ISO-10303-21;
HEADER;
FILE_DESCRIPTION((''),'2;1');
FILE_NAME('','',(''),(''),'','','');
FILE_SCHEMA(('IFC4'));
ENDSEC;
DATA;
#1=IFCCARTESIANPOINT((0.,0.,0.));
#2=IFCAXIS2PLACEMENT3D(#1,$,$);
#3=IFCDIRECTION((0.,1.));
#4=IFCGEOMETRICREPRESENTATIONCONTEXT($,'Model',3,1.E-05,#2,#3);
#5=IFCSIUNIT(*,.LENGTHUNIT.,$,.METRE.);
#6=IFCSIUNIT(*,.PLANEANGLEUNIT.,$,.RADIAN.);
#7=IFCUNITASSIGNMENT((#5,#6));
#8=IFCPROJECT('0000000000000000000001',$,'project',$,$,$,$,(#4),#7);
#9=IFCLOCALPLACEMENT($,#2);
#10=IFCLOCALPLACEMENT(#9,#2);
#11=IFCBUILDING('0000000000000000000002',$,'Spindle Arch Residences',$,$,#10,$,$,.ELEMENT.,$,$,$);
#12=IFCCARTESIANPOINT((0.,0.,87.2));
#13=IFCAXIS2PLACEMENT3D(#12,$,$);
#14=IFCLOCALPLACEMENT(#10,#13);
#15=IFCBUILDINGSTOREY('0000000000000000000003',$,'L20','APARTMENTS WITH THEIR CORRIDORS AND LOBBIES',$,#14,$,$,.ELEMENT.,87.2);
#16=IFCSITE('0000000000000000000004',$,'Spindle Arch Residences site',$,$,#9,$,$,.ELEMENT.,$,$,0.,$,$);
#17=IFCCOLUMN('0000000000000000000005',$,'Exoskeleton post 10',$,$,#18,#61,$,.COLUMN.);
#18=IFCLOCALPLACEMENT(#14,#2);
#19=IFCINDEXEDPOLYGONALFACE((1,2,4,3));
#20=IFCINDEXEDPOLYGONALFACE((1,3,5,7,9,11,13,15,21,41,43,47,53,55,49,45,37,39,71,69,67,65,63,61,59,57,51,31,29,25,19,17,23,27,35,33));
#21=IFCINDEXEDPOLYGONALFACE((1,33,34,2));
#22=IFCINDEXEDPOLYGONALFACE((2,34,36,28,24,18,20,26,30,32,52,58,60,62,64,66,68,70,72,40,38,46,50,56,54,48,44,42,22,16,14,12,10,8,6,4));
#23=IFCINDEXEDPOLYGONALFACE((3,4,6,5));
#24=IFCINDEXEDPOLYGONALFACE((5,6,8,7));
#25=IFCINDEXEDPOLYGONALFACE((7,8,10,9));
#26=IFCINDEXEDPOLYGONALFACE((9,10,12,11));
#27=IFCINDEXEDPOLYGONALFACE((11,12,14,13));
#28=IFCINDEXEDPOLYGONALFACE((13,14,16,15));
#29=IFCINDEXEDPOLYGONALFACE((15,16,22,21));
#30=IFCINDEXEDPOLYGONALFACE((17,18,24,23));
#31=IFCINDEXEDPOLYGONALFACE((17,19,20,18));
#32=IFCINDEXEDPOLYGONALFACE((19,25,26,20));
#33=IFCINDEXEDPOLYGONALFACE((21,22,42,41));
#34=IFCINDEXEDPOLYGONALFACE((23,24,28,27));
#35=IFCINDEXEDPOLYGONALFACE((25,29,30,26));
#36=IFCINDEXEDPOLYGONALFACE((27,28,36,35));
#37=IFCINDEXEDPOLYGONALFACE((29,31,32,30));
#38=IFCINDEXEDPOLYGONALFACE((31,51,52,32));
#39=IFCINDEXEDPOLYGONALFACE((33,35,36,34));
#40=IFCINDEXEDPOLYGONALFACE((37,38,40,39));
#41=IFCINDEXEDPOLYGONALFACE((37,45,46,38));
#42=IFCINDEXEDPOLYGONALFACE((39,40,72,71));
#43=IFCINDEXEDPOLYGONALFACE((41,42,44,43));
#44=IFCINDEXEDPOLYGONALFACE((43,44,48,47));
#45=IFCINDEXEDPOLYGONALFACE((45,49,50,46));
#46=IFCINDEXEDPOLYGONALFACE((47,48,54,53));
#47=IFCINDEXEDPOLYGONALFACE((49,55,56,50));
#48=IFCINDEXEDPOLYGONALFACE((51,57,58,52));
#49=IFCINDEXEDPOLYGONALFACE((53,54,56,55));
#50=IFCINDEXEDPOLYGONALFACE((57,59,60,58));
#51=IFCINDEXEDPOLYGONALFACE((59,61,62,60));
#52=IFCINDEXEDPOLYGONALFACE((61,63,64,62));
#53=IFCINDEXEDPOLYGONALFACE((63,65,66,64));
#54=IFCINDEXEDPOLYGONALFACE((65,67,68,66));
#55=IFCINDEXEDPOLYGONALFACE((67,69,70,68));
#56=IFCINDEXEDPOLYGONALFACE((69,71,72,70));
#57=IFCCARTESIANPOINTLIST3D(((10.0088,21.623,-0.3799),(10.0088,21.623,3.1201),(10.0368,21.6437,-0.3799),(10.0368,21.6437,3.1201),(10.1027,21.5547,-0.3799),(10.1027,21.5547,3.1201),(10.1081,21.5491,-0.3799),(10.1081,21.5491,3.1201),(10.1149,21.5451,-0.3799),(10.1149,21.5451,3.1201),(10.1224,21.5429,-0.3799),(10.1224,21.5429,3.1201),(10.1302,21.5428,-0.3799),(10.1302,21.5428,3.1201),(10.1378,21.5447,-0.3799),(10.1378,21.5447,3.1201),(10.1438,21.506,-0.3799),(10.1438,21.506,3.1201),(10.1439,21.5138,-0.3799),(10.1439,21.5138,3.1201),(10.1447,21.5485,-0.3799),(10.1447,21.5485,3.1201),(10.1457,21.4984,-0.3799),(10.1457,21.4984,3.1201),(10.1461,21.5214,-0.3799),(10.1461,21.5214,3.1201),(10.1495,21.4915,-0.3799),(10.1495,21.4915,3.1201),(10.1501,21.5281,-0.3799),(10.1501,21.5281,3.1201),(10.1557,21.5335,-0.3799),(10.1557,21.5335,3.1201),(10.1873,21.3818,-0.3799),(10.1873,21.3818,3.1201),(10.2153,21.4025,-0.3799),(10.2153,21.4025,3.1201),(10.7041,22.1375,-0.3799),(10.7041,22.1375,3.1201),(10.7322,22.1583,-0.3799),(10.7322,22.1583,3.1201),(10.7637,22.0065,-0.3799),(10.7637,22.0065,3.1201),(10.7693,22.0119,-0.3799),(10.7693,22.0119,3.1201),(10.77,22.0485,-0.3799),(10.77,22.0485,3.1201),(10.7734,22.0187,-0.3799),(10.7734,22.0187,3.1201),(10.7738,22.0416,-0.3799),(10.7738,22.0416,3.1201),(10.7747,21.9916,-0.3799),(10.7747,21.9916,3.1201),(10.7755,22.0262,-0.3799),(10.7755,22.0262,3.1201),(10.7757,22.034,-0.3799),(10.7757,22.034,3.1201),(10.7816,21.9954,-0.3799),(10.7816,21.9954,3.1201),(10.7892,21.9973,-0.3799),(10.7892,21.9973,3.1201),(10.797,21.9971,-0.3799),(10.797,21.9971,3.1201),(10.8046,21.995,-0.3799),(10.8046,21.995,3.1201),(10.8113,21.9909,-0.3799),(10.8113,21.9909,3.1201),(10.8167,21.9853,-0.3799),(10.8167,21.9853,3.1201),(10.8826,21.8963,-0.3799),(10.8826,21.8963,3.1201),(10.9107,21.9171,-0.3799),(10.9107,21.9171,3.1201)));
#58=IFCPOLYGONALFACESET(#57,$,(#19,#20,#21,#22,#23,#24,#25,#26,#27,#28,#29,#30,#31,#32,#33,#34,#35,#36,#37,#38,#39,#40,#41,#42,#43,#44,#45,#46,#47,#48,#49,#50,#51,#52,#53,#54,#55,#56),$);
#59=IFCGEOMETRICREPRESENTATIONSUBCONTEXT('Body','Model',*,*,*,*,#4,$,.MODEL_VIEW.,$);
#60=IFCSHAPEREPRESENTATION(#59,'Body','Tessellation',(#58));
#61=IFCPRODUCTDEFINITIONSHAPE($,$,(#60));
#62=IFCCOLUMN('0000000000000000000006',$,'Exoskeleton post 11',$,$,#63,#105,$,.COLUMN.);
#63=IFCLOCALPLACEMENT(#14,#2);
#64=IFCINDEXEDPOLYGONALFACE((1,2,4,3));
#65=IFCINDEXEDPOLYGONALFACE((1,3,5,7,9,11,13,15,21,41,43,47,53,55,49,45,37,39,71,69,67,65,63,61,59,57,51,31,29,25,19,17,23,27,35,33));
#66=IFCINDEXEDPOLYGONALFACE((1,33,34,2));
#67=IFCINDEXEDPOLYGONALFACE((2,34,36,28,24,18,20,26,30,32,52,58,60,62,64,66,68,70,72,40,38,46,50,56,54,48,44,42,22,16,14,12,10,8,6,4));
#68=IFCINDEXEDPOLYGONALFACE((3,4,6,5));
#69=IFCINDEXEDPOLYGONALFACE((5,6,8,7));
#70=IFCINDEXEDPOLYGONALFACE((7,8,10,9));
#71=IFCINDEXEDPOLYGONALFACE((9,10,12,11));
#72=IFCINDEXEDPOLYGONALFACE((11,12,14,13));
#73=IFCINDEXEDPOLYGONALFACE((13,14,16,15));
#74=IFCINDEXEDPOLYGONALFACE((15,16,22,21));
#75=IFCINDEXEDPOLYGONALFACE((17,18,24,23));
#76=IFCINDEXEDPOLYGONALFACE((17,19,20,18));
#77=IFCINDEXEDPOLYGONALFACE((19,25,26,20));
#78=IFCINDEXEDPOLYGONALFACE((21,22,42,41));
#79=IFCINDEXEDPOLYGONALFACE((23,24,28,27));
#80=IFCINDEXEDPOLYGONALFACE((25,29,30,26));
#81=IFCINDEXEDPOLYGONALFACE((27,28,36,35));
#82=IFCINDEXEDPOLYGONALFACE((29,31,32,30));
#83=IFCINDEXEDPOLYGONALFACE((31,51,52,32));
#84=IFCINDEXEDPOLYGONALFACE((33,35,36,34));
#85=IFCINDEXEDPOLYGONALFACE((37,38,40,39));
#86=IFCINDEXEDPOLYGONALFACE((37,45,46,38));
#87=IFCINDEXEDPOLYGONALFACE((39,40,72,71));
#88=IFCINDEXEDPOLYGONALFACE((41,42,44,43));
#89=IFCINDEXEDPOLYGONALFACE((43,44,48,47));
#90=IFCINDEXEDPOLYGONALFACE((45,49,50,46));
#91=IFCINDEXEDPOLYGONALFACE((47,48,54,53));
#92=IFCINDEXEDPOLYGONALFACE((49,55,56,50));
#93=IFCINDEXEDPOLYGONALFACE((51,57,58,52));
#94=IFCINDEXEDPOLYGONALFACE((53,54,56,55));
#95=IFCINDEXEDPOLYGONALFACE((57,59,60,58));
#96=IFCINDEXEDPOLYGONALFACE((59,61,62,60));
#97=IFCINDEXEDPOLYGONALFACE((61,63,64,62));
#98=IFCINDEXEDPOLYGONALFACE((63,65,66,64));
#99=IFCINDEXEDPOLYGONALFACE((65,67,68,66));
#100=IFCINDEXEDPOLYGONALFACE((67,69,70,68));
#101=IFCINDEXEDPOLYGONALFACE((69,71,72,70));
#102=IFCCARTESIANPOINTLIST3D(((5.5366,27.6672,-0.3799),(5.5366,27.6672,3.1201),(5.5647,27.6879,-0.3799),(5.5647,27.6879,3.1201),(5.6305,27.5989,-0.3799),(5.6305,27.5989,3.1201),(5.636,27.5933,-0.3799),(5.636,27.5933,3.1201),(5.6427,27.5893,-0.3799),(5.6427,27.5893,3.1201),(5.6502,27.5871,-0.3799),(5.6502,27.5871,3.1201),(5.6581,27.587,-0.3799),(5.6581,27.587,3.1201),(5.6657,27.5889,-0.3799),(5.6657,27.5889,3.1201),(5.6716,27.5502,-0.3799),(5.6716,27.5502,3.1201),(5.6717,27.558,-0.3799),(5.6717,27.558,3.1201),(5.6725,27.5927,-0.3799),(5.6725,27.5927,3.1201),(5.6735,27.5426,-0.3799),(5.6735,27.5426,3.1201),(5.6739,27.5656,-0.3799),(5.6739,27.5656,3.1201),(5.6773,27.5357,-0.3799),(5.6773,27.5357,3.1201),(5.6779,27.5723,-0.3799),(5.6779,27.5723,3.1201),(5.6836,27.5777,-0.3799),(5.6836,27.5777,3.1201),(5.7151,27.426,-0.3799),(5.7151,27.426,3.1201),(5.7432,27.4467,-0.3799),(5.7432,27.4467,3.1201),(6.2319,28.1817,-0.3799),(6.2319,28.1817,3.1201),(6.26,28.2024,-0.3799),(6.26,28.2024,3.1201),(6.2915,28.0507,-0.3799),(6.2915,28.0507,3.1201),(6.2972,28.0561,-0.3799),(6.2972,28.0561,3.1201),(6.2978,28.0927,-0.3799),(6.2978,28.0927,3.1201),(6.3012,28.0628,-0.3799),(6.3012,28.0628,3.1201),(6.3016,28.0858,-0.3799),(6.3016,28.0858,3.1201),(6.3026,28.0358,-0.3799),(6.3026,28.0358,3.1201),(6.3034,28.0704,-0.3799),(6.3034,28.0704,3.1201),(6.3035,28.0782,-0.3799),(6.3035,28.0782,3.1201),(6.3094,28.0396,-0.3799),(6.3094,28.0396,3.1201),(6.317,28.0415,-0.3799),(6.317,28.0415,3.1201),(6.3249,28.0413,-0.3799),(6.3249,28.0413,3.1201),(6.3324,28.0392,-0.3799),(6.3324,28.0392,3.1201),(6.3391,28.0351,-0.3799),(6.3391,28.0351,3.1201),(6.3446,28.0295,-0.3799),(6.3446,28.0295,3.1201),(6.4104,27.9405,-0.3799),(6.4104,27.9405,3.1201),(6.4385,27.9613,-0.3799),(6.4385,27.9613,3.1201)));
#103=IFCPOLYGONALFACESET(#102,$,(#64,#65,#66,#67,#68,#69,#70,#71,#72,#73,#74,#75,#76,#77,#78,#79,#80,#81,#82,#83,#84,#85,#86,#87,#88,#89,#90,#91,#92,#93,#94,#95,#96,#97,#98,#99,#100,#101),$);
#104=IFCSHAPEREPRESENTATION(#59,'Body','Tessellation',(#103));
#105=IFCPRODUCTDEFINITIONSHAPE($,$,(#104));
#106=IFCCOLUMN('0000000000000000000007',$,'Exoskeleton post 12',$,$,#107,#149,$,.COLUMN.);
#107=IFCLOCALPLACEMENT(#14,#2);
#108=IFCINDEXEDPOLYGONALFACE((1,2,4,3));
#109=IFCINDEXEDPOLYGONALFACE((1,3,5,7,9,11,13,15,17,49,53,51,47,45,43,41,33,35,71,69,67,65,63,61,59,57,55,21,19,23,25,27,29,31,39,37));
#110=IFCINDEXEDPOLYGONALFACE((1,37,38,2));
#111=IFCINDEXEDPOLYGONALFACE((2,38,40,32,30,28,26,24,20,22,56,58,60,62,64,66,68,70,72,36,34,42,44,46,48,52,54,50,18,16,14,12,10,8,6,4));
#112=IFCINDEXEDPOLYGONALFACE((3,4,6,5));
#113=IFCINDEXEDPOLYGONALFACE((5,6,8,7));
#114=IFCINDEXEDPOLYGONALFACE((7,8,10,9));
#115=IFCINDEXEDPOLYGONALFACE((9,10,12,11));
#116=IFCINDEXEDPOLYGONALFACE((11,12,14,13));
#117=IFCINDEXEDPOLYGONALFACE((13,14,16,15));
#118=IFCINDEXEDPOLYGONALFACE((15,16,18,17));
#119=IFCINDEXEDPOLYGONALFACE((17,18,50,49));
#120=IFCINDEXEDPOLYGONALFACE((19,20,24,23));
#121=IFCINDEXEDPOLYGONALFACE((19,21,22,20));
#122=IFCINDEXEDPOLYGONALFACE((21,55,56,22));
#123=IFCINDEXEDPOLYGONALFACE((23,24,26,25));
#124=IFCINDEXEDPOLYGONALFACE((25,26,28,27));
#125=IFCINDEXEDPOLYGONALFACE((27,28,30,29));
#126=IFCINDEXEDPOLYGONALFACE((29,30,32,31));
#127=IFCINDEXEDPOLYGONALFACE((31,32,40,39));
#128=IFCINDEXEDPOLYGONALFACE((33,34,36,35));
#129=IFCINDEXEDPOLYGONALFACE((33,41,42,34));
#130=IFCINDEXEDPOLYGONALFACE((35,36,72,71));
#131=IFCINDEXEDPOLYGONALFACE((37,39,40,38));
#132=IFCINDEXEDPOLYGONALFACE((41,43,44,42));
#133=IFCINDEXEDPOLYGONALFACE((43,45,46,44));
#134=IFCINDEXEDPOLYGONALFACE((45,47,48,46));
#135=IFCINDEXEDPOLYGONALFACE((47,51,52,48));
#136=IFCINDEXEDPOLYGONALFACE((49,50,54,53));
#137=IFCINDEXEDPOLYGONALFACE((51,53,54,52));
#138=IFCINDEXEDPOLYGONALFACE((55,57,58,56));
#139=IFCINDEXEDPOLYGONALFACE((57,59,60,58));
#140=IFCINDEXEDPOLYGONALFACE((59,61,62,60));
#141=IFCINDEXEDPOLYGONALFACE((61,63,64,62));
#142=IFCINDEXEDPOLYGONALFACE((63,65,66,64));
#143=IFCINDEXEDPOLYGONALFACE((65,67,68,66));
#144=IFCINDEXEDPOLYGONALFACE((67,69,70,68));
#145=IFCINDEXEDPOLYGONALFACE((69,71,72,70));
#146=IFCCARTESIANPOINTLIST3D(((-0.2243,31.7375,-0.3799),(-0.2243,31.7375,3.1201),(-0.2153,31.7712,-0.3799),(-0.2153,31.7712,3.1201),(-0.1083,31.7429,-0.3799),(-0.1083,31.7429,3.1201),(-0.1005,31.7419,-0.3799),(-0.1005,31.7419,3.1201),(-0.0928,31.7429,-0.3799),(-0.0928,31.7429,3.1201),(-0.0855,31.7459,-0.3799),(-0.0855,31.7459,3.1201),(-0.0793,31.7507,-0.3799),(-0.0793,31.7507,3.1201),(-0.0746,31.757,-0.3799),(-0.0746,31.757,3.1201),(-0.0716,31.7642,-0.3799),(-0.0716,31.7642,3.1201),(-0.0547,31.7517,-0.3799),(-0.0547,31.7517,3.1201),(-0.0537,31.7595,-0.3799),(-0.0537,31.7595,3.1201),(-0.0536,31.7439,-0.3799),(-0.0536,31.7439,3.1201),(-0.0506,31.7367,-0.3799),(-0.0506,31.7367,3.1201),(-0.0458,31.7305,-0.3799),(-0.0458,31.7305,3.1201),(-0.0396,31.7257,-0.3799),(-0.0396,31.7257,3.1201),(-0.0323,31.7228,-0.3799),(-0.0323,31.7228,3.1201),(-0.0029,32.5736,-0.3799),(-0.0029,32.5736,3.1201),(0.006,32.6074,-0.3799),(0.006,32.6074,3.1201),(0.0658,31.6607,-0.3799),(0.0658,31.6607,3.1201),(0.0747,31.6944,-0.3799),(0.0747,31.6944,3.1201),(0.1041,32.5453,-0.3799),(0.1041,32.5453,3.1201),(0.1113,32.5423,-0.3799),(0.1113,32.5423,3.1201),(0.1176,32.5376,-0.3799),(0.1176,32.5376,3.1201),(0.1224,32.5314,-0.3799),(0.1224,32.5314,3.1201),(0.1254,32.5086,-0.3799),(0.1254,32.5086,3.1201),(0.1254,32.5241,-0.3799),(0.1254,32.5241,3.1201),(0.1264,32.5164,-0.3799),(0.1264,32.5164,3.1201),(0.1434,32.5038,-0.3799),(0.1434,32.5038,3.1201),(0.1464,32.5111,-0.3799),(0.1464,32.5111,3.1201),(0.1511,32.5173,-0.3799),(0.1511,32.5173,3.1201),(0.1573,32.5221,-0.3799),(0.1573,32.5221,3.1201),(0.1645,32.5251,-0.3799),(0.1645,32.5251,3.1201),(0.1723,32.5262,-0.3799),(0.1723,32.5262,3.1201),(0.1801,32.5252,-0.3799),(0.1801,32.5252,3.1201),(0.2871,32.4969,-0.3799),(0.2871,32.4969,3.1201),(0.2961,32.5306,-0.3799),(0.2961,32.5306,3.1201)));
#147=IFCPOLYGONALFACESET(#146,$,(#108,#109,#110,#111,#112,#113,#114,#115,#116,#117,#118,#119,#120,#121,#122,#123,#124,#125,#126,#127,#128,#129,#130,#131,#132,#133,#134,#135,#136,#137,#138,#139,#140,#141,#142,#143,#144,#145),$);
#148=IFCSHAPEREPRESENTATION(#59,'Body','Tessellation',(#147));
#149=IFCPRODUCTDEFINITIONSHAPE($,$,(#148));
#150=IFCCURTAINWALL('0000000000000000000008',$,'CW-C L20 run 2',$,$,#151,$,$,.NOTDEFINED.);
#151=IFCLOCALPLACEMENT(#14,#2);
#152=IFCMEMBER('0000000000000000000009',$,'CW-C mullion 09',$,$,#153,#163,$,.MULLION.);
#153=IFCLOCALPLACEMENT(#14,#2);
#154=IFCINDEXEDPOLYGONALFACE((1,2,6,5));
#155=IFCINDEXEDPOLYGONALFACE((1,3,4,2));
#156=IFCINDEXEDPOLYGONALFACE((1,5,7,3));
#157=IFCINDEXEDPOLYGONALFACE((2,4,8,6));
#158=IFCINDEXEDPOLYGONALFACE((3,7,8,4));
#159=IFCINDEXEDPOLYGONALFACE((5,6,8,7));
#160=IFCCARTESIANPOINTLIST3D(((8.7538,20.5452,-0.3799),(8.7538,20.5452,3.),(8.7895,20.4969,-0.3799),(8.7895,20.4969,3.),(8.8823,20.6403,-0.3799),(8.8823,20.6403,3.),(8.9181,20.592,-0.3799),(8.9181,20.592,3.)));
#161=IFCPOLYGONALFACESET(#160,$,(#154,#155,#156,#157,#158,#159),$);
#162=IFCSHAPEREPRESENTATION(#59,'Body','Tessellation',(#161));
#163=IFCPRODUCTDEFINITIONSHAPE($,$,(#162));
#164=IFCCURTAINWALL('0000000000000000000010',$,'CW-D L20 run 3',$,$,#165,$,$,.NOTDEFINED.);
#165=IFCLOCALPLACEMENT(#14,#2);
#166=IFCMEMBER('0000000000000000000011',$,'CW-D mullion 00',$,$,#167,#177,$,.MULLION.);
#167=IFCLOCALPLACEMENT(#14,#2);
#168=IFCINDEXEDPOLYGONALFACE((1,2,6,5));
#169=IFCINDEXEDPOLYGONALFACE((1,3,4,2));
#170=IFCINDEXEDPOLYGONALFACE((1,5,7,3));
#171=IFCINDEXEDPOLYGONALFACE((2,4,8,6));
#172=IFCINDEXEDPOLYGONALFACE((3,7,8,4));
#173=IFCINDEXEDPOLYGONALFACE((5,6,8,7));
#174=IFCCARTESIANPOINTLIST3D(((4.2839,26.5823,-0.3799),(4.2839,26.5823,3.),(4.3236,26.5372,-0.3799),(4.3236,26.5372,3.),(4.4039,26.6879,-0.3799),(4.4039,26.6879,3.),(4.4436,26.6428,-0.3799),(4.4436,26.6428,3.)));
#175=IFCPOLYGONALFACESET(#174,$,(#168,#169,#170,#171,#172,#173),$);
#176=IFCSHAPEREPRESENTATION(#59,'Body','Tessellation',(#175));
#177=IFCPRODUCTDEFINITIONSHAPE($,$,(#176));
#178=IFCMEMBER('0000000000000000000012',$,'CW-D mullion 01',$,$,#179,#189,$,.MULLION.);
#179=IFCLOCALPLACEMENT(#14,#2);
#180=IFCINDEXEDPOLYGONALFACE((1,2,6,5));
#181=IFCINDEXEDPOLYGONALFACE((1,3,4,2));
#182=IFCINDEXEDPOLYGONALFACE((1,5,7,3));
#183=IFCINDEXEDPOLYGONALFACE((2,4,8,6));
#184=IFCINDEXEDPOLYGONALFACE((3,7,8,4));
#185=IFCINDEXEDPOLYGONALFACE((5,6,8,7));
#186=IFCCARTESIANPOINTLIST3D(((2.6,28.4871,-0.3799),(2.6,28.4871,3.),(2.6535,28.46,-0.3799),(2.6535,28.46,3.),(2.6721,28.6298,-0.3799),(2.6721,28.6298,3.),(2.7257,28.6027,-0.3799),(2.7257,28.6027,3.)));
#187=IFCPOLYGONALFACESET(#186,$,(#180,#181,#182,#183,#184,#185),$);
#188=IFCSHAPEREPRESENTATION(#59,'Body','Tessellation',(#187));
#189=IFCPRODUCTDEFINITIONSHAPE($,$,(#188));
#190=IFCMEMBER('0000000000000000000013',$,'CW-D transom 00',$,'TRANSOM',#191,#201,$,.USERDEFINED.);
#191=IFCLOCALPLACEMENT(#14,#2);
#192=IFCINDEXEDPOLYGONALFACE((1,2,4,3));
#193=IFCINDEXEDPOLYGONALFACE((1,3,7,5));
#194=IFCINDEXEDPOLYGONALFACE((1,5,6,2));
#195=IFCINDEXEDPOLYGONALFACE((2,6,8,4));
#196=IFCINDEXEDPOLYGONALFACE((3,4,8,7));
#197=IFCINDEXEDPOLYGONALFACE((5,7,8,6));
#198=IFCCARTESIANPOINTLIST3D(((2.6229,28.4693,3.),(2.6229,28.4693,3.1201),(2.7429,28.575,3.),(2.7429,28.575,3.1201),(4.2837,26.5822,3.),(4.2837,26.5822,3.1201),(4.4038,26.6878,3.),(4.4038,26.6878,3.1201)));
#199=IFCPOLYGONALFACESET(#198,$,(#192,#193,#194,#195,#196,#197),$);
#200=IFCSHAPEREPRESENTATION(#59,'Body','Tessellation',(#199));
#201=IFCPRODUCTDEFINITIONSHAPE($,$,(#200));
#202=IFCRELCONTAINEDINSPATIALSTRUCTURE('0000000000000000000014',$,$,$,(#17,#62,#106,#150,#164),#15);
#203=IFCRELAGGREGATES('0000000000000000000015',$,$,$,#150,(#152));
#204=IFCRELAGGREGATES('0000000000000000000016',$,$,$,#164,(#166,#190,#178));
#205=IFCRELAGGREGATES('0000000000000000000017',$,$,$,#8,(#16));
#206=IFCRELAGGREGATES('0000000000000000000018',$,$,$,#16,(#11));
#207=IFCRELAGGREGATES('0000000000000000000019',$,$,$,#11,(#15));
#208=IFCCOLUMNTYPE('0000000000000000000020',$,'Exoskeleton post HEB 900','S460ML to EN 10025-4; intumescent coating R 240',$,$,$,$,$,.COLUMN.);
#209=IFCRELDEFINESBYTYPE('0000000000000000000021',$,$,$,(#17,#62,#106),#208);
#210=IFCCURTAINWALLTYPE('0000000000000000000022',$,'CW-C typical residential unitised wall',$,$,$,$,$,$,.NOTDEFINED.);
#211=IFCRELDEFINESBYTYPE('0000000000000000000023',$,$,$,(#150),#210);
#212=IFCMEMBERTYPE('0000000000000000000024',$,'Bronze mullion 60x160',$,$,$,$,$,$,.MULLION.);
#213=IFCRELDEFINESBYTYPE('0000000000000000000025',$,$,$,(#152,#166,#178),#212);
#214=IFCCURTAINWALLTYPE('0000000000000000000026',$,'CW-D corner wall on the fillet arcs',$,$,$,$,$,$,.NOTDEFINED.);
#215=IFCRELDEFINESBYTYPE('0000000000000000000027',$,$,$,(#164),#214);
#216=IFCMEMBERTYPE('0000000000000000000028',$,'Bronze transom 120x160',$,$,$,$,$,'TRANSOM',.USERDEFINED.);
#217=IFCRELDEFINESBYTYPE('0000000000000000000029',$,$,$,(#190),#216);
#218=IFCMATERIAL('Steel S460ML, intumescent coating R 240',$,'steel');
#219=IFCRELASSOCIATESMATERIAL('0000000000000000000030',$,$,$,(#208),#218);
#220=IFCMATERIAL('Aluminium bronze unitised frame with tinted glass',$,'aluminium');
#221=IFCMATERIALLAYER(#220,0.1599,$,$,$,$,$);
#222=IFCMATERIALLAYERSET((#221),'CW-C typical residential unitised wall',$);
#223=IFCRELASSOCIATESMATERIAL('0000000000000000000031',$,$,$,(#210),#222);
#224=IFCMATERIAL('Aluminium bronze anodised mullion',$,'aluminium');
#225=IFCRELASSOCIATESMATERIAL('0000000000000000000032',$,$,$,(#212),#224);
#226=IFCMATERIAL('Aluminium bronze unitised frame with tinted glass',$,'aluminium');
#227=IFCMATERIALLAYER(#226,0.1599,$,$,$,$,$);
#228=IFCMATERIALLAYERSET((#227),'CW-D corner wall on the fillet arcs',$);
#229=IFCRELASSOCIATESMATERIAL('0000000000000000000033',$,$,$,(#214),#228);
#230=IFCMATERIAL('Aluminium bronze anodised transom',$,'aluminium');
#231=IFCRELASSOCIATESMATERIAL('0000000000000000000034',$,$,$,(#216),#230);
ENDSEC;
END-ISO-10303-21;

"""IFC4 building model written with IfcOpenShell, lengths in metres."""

from ifc_helpers import new_model, si_unit, direction, frame, origin, origin_2d, place, context, subcontext, project, spatial, rectangle, i_section, extrude, material, layer, layer_set, material_profile, profile_set, type_object, element, aggregate, save


model = new_model("IFC4")

# Units and contexts
model_context = context("Model", 3, precision=1e-05, world=origin(), true_north=direction((0.0, 1.0)))
body_context = subcontext(model_context, "Body", "Model", "MODEL_VIEW")
ifc_project = project(units=[si_unit("LENGTHUNIT", "METRE"), si_unit("PLANEANGLEUNIT", "RADIAN")], contexts=[model_context])

# Site, building, storey
site_placement = place(None, origin())
site = spatial("IfcSite", under=ifc_project, at=site_placement, Name="Spindle Arch Residences site", CompositionType="ELEMENT", RefElevation=0.0)
building_placement = place(site_placement, origin())
building = spatial("IfcBuilding", under=site, at=building_placement, Name="Spindle Arch Residences", CompositionType="ELEMENT")
storey_placement = place(building_placement, frame((0.0, 0.0, 87.2)))
storey = spatial("IfcBuildingStorey", under=building, at=storey_placement, Name="L20", Description="APARTMENTS WITH THEIR CORRIDORS AND LOBBIES", CompositionType="ELEMENT", Elevation=87.2)

# Columns
ifc_material_1 = material(Name="Steel S460ML, intumescent coating R 240", Category="steel")
ifc_material_profile_1 = material_profile(ifc_material_1, i_section(OverallWidth=0.3, OverallDepth=0.8999, WebThickness=0.0186, FlangeThickness=0.0349, FilletRadius=0.03, at=origin_2d()), Name="HEB 900")
ifc_profile_set_1 = profile_set([ifc_material_profile_1], Name="Steel S460ML, intumescent coating R 240")
column_type = type_object("IfcColumnType", Name="Exoskeleton post HEB 900", Description="S460ML to EN 10025-4; intumescent coating R 240", PredefinedType="COLUMN", material=ifc_profile_set_1)
for number, where, z_axis, x_axis, name in (
    (1, (10.4597, 21.77, -0.3799), (0.0, 0.0, 1.0), (0.594823, -0.803857, 0.0), "Exoskeleton post 10"),
    (2, (5.9875, 27.8142, -0.3799), (0.0, 0.0, 1.0), (0.594823, -0.803857, 0.0), "Exoskeleton post 11"),
    (3, (0.0359, 32.134, -0.3799), (0.0, 0.0, 1.0), (0.966705, -0.255894, 0.0), "Exoskeleton post 12"),
):
    element("IfcColumn", number, at=place(storey_placement, frame(where, z_axis=z_axis, x_axis=x_axis)), inside=storey, type_object=column_type, Name=name, PredefinedType="COLUMN", context=body_context, shape_type="SweptSolid", body=[
        extrude(i_section(OverallWidth=0.3, OverallDepth=0.8999, WebThickness=0.0186, FlangeThickness=0.0349, FilletRadius=0.03, at=origin_2d()), origin(), (0.0, 0.0, 1.0), 3.5),
    ])

# Curtain wall, member
ifc_material_2 = material(Name="Aluminium bronze unitised frame with tinted glass", Category="aluminium")
ifc_layer_1 = layer(ifc_material_2, 0.1599)
ifc_layer_set_1 = layer_set([ifc_layer_1], Name="CW-C typical residential unitised wall")
curtain_wall_type_1 = type_object("IfcCurtainWallType", Name="CW-C typical residential unitised wall", PredefinedType="NOTDEFINED", material=ifc_layer_set_1)
curtain_wall_1_placement = place(storey_placement, origin())
curtain_wall_1 = element("IfcCurtainWall", 4, at=curtain_wall_1_placement, inside=storey, type_object=curtain_wall_type_1, Name="CW-C L20 run 2", PredefinedType="NOTDEFINED")
ifc_material_3 = material(Name="Aluminium bronze anodised mullion", Category="aluminium")
ifc_material_profile_2 = material_profile(ifc_material_3, rectangle(XDim=0.1599, YDim=0.0601, at=origin_2d()), Name="MU 60x160")
ifc_profile_set_2 = profile_set([ifc_material_profile_2], Name="Aluminium bronze anodised mullion")
member_type_1 = type_object("IfcMemberType", Name="Bronze mullion 60x160", PredefinedType="MULLION", material=ifc_profile_set_2)
member_1_placement = place(storey_placement, frame((8.8359, 20.5686, -0.3799), z_axis=(0.0, 0.0, 1.0), x_axis=(-0.803857, -0.594823, 0.0)))
member_1 = element("IfcMember", 5, at=member_1_placement, type_object=member_type_1, Name="CW-C mullion 09", PredefinedType="MULLION", context=body_context, shape_type="SweptSolid", body=[
    extrude(rectangle(XDim=0.1599, YDim=0.0601, at=origin_2d()), origin(), (0.0, 0.0, 1.0), 3.3799),
])

# Curtain wall, members
ifc_material_4 = material(Name="Aluminium bronze unitised frame with tinted glass", Category="aluminium")
ifc_layer_2 = layer(ifc_material_4, 0.1599)
ifc_layer_set_2 = layer_set([ifc_layer_2], Name="CW-D corner wall on the fillet arcs")
curtain_wall_type_2 = type_object("IfcCurtainWallType", Name="CW-D corner wall on the fillet arcs", PredefinedType="NOTDEFINED", material=ifc_layer_set_2)
curtain_wall_2_placement = place(storey_placement, origin())
curtain_wall_2 = element("IfcCurtainWall", 6, at=curtain_wall_2_placement, inside=storey, type_object=curtain_wall_type_2, Name="CW-D L20 run 3", PredefinedType="NOTDEFINED")
member_2_placement = place(storey_placement, frame((4.3638, 26.6125, -0.3799), z_axis=(0.0, 0.0, 1.0), x_axis=(-0.750647, -0.660704, 0.0)))
member_2 = element("IfcMember", 7, at=member_2_placement, type_object=member_type_1, Name="CW-D mullion 00", PredefinedType="MULLION", context=body_context, shape_type="SweptSolid", body=[
    extrude(rectangle(XDim=0.1599, YDim=0.0601, at=origin_2d()), origin(), (0.0, 0.0, 1.0), 3.3799),
])
member_3_placement = place(storey_placement, frame((2.6628, 28.5449, -0.3799), z_axis=(0.0, 0.0, 1.0), x_axis=(-0.451397, -0.892323, 0.0)))
member_3 = element("IfcMember", 8, at=member_3_placement, type_object=member_type_1, Name="CW-D mullion 01", PredefinedType="MULLION", context=body_context, shape_type="SweptSolid", body=[
    extrude(rectangle(XDim=0.1599, YDim=0.0601, at=origin_2d()), origin(), (0.0, 0.0, 1.0), 3.3799),
])
ifc_material_5 = material(Name="Aluminium bronze anodised transom", Category="aluminium")
ifc_material_profile_3 = material_profile(ifc_material_5, rectangle(XDim=0.1599, YDim=0.1201, at=origin_2d()), Name="TR 120x160")
ifc_profile_set_3 = profile_set([ifc_material_profile_3], Name="Aluminium bronze anodised transom")
member_type_2 = type_object("IfcMemberType", Name="Bronze transom 120x160", ElementType="TRANSOM", PredefinedType="USERDEFINED", material=ifc_profile_set_3)
member_4_placement = place(storey_placement, frame((4.3438, 26.635, 3.0601), z_axis=(-0.660661, 0.750685, 0.0), x_axis=(-0.750685, -0.660661, 0.0)))
member_4 = element("IfcMember", 9, at=member_4_placement, type_object=member_type_2, Name="CW-D transom 00", ObjectType="TRANSOM", PredefinedType="USERDEFINED", context=body_context, shape_type="SweptSolid", body=[
    extrude(rectangle(XDim=0.1599, YDim=0.1201, at=origin_2d()), origin(), (0.0, 0.0, 1.0), 2.5139),
])

aggregate(curtain_wall_1, [member_1])
aggregate(curtain_wall_2, [member_2, member_4, member_3])

save(model, "model.ifc")
